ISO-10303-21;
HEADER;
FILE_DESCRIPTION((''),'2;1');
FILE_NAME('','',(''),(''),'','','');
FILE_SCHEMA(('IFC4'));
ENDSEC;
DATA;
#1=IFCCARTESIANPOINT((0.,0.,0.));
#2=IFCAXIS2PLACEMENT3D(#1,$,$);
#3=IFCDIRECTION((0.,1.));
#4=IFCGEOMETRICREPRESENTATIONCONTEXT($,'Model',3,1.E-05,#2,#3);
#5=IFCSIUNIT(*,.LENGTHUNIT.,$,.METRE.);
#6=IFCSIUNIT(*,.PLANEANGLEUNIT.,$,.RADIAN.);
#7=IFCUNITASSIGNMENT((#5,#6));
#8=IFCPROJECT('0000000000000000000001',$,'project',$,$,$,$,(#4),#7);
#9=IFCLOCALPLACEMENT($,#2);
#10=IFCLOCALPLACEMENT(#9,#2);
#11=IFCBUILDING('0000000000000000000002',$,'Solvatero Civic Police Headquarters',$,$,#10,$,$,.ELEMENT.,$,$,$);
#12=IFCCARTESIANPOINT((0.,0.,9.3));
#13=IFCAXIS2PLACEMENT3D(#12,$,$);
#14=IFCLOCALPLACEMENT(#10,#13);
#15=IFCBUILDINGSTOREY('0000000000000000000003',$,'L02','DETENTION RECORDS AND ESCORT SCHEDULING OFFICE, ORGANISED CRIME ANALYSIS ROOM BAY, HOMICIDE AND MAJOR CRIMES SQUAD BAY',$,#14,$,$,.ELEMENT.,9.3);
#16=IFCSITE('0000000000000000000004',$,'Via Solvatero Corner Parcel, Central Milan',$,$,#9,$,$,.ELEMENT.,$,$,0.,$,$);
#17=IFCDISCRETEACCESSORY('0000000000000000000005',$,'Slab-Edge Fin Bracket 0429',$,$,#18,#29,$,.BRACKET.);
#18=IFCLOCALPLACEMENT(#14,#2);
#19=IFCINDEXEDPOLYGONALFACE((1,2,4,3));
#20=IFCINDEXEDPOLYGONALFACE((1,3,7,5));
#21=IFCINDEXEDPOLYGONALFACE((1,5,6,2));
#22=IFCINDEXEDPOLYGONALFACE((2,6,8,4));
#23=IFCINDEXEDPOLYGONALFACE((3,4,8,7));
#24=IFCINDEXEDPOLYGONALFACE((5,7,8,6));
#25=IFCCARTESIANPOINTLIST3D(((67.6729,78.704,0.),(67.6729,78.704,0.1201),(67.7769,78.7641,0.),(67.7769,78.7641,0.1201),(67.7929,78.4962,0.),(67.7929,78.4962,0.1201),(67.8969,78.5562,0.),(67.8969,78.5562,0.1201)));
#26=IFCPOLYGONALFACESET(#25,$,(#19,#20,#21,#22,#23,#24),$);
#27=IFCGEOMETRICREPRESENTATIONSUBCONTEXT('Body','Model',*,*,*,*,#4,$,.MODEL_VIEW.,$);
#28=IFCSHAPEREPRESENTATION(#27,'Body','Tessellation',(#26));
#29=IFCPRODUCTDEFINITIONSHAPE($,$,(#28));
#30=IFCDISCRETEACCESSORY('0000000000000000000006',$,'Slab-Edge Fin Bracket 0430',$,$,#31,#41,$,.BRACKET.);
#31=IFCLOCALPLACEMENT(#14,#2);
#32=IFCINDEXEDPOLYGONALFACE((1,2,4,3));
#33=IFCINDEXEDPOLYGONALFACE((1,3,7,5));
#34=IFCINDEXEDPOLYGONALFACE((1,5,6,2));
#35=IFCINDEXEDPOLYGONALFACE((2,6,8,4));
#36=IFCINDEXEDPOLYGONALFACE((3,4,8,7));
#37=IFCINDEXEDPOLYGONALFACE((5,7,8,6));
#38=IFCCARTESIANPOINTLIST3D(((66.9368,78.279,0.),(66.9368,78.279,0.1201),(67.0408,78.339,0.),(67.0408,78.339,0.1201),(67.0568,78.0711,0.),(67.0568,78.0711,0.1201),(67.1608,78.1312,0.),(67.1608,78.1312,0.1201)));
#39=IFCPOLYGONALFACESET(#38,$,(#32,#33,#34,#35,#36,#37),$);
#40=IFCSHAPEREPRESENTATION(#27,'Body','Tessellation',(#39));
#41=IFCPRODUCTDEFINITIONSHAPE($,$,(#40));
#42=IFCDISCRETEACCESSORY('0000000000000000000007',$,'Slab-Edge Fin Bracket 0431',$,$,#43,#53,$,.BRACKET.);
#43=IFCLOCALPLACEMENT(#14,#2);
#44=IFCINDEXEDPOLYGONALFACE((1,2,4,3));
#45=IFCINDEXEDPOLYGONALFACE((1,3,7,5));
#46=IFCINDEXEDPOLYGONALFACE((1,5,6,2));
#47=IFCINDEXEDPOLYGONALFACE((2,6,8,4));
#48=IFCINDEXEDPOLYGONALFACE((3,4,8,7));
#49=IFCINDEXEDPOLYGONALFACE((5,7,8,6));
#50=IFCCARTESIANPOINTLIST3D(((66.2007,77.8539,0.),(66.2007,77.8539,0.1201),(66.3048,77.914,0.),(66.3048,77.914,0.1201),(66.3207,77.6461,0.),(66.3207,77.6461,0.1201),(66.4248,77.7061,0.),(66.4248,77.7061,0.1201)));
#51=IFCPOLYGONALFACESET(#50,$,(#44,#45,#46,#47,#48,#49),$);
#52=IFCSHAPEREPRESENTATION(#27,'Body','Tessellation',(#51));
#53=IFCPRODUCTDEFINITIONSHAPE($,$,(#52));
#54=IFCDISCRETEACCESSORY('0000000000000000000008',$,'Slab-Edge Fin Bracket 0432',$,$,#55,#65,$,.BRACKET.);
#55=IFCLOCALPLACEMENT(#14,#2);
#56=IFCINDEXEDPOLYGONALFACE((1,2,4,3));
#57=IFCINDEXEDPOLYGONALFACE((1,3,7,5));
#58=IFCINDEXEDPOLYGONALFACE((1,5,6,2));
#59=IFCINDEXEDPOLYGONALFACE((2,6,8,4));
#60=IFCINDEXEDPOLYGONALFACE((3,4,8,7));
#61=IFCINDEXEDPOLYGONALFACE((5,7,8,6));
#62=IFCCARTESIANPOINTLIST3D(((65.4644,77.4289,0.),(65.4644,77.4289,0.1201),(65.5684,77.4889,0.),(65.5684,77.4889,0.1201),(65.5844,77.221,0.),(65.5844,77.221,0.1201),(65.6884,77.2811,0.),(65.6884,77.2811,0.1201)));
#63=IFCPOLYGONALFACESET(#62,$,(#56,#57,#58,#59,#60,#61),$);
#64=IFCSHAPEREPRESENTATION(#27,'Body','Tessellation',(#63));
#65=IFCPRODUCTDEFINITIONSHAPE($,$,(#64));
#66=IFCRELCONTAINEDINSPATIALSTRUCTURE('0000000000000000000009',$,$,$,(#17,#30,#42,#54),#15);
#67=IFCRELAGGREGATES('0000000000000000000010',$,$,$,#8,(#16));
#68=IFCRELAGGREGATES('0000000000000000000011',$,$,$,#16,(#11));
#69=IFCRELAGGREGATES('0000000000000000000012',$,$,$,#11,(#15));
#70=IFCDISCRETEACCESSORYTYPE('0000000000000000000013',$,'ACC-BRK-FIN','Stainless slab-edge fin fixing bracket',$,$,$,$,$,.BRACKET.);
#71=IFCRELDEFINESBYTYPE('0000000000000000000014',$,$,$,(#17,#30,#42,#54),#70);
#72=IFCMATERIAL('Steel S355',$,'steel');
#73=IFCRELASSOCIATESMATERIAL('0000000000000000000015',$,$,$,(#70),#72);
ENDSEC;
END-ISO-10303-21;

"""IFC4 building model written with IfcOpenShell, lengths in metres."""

from ifc_helpers import new_model, si_unit, direction, frame, origin, origin_2d, place, context, subcontext, project, spatial, rectangle, extrude, material, type_object, element, save


model = new_model("IFC4")

# Units and contexts
model_context = context("Model", 3, precision=1e-05, world=origin(), true_north=direction((0.0, 1.0)))
body_context = subcontext(model_context, "Body", "Model", "MODEL_VIEW")
ifc_project = project(units=[si_unit("LENGTHUNIT", "METRE"), si_unit("PLANEANGLEUNIT", "RADIAN")], contexts=[model_context])

# Site, building, storey
site_placement = place(None, origin())
site = spatial("IfcSite", under=ifc_project, at=site_placement, Name="Via Solvatero Corner Parcel, Central Milan", CompositionType="ELEMENT", RefElevation=0.0)
building_placement = place(site_placement, origin())
building = spatial("IfcBuilding", under=site, at=building_placement, Name="Solvatero Civic Police Headquarters", CompositionType="ELEMENT")
storey_placement = place(building_placement, frame((0.0, 0.0, 9.3)))
storey = spatial("IfcBuildingStorey", under=building, at=storey_placement, Name="L02", Description="DETENTION RECORDS AND ESCORT SCHEDULING OFFICE, ORGANISED CRIME ANALYSIS ROOM BAY, HOMICIDE AND MAJOR CRIMES SQUAD BAY", CompositionType="ELEMENT", Elevation=9.3)

# Shared definitions
ifc_material_1 = material(Name="Steel S355", Category="steel")

# Discrete accessories
discrete_accessory_type = type_object("IfcDiscreteAccessoryType", Name="ACC-BRK-FIN", Description="Stainless slab-edge fin fixing bracket", PredefinedType="BRACKET", material=ifc_material_1)
for number, where, z_axis, x_axis, name in (
    (1, (67.7849, 78.6301, 0.0), (0.0, 0.0, 1.0), (-0.866025, -0.5, 0.0), "Slab-Edge Fin Bracket 0429"),
    (2, (67.0488, 78.2051, 0.0), (0.0, 0.0, 1.0), (-0.866025, -0.5, 0.0), "Slab-Edge Fin Bracket 0430"),
    (3, (66.3127, 77.78, 0.0), (0.0, 0.0, 1.0), (-0.866025, -0.5, 0.0), "Slab-Edge Fin Bracket 0431"),
    (4, (65.5764, 77.355, 0.0), (0.0, 0.0, 1.0), (-0.866025, -0.5, 0.0), "Slab-Edge Fin Bracket 0432"),
):
    element("IfcDiscreteAccessory", number, at=place(storey_placement, frame(where, z_axis=z_axis, x_axis=x_axis)), inside=storey, type_object=discrete_accessory_type, Name=name, PredefinedType="BRACKET", context=body_context, shape_type="SweptSolid", body=[
        extrude(rectangle(XDim=0.1201, YDim=0.24, at=origin_2d()), origin(), (0.0, 0.0, 1.0), 0.1201),
    ])

save(model, "model.ifc")
